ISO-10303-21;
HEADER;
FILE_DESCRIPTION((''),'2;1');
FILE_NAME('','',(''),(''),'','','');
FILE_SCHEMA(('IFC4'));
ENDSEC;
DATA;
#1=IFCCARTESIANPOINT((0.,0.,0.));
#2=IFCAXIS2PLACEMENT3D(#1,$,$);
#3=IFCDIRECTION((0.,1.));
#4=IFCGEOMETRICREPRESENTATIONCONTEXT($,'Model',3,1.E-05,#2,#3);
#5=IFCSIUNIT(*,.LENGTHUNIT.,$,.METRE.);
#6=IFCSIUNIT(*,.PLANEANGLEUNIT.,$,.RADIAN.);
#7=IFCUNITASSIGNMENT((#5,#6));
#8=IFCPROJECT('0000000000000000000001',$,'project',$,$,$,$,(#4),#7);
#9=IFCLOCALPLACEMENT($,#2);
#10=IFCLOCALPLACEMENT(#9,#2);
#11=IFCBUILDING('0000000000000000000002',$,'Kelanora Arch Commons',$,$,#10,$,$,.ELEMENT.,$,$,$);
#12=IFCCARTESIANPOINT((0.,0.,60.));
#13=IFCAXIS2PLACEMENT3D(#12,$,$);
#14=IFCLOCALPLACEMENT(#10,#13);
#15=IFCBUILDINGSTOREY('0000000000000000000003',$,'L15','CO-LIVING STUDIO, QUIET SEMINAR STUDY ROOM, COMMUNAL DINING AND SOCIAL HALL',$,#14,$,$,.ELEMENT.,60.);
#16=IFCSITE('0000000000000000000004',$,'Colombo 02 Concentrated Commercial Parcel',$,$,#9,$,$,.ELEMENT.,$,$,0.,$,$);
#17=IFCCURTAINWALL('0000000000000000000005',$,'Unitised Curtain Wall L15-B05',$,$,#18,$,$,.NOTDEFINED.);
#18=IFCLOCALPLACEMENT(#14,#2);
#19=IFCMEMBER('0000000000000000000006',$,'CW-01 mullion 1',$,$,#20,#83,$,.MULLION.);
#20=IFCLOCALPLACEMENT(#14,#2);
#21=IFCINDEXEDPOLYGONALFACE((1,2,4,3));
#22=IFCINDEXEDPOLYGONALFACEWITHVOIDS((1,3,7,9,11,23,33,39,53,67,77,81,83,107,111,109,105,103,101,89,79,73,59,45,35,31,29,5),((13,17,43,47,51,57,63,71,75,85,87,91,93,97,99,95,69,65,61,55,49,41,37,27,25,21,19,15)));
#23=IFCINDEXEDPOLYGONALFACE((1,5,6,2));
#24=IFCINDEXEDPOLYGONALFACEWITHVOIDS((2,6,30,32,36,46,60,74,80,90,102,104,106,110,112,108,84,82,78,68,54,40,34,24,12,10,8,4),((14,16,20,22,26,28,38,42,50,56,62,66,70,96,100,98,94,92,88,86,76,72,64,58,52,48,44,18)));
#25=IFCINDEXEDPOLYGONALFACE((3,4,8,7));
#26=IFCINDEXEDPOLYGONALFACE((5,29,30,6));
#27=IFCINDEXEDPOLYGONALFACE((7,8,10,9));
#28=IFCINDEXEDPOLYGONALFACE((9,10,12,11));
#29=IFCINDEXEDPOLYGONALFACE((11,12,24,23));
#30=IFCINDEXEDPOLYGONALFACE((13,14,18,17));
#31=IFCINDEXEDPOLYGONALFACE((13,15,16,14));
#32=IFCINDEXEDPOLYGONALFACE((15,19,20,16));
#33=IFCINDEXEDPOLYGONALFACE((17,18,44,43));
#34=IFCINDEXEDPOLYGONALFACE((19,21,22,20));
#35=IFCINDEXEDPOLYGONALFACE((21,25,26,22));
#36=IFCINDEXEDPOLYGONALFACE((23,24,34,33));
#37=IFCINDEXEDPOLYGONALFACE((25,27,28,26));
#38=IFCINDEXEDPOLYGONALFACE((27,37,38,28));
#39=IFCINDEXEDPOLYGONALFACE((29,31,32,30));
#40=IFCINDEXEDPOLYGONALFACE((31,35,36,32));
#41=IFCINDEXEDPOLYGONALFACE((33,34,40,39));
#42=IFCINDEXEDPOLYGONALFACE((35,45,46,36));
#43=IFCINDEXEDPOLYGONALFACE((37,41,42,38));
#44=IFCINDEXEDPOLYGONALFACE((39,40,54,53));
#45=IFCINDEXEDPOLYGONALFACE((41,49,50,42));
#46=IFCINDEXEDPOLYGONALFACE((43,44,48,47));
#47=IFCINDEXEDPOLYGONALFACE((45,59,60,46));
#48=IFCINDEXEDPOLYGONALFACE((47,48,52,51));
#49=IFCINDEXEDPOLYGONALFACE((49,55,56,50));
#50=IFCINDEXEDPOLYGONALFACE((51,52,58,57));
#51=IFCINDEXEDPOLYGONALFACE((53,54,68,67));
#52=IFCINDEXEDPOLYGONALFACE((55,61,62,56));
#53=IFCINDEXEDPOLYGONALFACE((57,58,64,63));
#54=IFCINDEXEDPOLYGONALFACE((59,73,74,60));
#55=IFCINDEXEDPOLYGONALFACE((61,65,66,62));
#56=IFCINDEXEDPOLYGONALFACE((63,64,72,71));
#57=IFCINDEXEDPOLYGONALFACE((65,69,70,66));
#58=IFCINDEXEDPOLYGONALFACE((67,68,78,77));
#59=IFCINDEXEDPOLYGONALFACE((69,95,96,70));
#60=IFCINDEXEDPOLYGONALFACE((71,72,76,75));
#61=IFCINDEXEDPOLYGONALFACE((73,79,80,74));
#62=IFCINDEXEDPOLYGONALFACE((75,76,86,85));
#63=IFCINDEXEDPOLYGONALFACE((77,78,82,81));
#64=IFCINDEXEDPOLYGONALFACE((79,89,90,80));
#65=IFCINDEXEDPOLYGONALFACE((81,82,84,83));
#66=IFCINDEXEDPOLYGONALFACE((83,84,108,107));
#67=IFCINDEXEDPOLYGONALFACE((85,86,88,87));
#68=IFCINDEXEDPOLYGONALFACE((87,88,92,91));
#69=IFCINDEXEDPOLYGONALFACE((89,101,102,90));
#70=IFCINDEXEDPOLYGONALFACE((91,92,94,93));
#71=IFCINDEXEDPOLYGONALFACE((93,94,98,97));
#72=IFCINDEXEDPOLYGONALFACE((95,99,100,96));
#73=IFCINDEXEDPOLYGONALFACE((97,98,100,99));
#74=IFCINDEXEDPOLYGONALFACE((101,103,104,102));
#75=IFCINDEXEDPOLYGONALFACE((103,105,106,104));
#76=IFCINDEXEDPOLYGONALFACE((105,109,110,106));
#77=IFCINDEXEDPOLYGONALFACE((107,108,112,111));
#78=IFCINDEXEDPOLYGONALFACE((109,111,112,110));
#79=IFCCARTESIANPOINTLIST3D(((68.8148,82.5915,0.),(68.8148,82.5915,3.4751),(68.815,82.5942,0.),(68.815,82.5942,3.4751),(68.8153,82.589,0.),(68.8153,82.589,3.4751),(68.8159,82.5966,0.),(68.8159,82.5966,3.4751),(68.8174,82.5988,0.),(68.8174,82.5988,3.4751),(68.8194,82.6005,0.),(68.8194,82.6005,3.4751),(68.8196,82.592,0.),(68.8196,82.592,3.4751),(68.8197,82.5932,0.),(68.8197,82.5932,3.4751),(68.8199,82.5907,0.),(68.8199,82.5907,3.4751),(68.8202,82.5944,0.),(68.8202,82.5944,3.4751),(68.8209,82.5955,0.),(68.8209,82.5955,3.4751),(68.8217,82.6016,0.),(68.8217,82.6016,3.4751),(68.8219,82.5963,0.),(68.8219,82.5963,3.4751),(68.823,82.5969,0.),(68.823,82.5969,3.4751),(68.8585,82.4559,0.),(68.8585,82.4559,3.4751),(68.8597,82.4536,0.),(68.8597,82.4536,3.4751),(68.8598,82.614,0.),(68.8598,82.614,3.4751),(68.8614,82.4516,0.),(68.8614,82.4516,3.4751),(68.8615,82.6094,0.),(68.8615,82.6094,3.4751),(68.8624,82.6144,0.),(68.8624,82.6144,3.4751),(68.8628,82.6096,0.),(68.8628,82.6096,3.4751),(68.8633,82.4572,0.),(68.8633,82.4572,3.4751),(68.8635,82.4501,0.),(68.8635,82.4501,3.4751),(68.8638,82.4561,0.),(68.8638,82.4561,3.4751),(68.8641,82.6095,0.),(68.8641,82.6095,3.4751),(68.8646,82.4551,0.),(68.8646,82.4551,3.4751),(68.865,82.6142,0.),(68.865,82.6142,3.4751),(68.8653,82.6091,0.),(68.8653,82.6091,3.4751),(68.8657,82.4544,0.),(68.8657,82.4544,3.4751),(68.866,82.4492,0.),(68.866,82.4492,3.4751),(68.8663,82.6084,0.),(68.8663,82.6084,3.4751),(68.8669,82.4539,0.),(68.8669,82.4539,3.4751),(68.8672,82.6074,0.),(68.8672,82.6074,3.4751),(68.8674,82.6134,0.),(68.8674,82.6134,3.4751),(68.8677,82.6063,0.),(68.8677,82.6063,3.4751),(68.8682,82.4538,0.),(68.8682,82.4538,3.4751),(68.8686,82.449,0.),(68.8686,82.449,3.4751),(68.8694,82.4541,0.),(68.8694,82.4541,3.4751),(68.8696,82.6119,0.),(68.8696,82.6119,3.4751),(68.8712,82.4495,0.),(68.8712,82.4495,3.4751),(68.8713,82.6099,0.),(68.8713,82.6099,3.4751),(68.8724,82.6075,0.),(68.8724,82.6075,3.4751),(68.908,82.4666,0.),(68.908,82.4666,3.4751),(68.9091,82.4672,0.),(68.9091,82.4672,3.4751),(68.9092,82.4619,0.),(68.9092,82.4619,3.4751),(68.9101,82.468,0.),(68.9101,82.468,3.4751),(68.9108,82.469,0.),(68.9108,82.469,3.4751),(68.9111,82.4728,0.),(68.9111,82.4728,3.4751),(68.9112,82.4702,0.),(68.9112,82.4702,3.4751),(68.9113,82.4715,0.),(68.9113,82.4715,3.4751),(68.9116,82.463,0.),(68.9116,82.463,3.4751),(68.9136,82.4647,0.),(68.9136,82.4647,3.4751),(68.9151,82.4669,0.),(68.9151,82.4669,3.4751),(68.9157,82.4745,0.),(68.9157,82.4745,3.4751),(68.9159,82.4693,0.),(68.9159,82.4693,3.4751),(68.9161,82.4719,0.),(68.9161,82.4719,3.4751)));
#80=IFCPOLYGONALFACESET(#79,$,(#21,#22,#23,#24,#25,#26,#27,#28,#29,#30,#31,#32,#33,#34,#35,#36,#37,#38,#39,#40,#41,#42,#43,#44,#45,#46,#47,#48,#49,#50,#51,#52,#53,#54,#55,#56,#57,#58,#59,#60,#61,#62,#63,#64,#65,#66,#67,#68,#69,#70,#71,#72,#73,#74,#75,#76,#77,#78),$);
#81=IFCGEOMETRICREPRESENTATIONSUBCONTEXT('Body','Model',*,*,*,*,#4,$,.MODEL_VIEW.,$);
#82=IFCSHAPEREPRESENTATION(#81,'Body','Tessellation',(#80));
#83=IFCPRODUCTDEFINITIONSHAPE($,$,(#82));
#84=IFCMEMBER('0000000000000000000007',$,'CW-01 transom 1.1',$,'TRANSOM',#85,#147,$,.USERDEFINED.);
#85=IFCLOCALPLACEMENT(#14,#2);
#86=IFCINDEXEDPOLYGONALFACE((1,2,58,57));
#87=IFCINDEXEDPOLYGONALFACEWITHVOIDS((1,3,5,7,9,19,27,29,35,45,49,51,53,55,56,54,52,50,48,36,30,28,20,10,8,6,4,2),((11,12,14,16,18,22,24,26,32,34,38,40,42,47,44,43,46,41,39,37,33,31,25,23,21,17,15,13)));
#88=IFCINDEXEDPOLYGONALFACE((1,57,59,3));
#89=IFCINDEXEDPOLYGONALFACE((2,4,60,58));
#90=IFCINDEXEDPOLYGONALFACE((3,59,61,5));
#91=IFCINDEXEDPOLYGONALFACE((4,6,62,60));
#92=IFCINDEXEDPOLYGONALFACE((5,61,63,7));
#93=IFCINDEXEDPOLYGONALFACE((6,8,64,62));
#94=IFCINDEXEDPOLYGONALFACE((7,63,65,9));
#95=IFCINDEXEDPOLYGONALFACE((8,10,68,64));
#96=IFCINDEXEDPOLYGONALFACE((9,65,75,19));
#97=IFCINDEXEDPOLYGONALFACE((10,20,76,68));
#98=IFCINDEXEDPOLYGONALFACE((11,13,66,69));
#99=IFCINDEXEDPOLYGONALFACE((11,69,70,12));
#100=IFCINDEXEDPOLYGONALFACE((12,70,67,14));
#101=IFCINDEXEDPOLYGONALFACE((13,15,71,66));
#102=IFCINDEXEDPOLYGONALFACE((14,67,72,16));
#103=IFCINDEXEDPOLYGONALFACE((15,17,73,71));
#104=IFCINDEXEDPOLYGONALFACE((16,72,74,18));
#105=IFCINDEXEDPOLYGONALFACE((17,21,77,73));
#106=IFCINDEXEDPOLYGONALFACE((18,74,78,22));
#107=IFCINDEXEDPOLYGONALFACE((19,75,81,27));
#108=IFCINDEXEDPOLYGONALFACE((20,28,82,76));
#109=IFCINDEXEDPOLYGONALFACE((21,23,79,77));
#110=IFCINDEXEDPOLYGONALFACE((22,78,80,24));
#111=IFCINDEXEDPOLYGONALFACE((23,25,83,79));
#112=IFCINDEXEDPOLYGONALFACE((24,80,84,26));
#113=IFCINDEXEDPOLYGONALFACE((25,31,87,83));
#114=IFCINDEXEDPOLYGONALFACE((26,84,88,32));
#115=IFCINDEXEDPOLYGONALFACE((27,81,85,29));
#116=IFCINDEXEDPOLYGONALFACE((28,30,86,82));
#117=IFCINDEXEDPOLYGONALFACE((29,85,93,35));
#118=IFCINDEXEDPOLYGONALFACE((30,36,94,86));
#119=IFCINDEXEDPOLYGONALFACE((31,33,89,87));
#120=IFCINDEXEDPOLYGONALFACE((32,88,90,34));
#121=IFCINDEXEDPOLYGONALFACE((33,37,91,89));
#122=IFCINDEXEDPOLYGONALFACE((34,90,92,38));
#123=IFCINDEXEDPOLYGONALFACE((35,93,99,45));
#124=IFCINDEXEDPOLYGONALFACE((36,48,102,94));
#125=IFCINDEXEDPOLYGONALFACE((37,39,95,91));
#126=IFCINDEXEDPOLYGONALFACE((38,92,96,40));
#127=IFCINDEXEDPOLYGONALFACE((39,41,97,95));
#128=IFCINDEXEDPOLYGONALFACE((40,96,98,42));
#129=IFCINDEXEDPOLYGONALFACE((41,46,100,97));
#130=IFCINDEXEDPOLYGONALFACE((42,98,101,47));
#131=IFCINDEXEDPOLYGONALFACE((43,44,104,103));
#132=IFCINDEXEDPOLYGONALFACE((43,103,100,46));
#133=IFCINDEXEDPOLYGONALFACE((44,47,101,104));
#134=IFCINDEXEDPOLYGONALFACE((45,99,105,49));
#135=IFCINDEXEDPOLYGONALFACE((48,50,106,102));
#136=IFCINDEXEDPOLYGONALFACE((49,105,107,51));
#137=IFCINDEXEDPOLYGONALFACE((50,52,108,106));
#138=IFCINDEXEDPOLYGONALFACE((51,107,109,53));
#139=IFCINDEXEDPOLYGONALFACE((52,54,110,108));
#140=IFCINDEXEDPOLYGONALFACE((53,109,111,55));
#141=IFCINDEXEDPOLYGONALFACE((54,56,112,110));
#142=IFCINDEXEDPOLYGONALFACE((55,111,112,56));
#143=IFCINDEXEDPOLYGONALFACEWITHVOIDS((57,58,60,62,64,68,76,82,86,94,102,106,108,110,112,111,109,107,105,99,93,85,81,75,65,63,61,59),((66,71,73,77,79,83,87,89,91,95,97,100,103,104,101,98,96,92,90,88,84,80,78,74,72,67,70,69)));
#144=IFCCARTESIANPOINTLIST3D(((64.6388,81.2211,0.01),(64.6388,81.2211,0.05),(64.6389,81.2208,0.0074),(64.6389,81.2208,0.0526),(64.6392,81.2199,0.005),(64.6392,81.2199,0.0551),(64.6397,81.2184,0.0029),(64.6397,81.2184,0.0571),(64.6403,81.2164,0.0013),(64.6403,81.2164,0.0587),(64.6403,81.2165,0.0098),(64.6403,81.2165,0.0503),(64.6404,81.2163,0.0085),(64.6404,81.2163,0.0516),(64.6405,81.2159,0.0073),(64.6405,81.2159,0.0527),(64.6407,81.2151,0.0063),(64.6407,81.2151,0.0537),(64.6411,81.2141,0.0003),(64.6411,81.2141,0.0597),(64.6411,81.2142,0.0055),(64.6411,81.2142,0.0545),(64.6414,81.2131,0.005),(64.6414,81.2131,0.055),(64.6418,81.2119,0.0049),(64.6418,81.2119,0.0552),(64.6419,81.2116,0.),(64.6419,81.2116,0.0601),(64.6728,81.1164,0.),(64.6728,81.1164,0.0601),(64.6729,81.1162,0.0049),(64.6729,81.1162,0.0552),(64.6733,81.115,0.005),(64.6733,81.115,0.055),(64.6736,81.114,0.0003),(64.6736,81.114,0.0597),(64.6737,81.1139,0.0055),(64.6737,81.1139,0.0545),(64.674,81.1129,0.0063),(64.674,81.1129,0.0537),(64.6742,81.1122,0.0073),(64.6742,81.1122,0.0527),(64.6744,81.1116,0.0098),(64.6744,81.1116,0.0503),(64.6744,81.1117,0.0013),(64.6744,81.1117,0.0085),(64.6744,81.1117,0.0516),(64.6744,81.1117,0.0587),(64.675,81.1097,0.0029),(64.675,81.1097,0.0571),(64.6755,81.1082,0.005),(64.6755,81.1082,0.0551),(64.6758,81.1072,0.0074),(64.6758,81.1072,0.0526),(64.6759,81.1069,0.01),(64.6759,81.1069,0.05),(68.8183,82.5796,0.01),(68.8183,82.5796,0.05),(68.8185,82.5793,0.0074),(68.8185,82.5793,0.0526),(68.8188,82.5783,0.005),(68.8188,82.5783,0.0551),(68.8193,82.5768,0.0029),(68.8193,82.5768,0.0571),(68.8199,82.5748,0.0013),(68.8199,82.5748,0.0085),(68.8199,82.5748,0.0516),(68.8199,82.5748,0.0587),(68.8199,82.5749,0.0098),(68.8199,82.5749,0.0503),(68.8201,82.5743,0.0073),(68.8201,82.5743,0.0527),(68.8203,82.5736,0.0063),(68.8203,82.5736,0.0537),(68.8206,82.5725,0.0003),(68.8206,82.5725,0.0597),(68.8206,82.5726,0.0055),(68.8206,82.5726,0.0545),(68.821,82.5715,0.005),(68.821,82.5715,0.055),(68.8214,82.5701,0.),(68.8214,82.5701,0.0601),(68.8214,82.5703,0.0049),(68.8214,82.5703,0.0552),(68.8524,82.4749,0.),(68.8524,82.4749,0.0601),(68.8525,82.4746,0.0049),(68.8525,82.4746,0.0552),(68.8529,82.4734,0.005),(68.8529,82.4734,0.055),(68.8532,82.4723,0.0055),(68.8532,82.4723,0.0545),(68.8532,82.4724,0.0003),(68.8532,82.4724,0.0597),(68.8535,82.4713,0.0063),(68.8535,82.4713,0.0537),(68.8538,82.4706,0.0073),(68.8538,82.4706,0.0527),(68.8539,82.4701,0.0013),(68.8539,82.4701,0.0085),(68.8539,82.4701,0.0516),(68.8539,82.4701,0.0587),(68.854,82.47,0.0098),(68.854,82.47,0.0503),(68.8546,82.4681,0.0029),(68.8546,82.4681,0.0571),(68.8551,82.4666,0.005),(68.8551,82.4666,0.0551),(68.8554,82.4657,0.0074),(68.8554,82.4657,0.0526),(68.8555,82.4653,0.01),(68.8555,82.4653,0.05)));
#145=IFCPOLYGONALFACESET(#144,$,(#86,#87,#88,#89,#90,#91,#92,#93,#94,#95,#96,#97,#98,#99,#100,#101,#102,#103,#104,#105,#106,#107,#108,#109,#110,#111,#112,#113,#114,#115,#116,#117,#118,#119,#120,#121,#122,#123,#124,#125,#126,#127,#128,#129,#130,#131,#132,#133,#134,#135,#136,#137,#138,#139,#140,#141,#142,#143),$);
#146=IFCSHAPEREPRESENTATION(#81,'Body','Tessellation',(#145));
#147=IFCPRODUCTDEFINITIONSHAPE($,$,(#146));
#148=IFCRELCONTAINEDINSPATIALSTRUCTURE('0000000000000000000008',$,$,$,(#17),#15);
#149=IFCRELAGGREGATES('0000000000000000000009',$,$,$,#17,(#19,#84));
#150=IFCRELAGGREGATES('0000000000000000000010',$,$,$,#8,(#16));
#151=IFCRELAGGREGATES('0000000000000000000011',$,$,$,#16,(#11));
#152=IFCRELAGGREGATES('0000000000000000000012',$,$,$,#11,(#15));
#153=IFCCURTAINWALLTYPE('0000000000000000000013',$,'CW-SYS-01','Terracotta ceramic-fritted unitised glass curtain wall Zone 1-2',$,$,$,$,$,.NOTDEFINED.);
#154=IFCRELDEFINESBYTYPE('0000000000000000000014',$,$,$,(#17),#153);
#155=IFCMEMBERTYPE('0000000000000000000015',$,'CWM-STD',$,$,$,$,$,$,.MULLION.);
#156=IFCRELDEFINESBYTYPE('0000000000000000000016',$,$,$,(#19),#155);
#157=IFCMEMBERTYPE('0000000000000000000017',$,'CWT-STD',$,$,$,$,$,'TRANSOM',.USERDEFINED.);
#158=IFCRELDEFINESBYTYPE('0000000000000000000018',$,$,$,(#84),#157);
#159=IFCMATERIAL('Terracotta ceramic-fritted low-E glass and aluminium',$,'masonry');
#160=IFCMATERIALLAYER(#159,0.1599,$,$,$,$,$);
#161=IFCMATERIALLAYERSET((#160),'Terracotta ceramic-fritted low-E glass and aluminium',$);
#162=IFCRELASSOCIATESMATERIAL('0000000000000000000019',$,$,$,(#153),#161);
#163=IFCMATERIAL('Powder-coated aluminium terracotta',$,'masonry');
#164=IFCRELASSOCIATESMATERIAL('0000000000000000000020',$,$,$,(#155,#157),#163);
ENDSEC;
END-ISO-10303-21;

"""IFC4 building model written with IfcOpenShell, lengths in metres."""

from ifc_helpers import new_model, si_unit, direction, frame, origin, origin_2d, place, context, subcontext, project, spatial, hollow_rectangle, extrude, material, layer, layer_set, material_profile, profile_set, type_object, element, aggregate, save


model = new_model("IFC4")

# Units and contexts
model_context = context("Model", 3, precision=1e-05, world=origin(), true_north=direction((0.0, 1.0)))
body_context = subcontext(model_context, "Body", "Model", "MODEL_VIEW")
ifc_project = project(units=[si_unit("LENGTHUNIT", "METRE"), si_unit("PLANEANGLEUNIT", "RADIAN")], contexts=[model_context])

# Site, building, storey
site_placement = place(None, origin())
site = spatial("IfcSite", under=ifc_project, at=site_placement, Name="Colombo 02 Concentrated Commercial Parcel", CompositionType="ELEMENT", RefElevation=0.0)
building_placement = place(site_placement, origin())
building = spatial("IfcBuilding", under=site, at=building_placement, Name="Kelanora Arch Commons", CompositionType="ELEMENT")
storey_placement = place(building_placement, frame((0.0, 0.0, 60.0)))
storey = spatial("IfcBuildingStorey", under=building, at=storey_placement, Name="L15", Description="CO-LIVING STUDIO, QUIET SEMINAR STUDY ROOM, COMMUNAL DINING AND SOCIAL HALL", CompositionType="ELEMENT", Elevation=60.0)

# Curtain wall, members
ifc_material_1 = material(Name="Terracotta ceramic-fritted low-E glass and aluminium", Category="masonry")
ifc_layer_1 = layer(ifc_material_1, 0.1599)
ifc_layer_set_1 = layer_set([ifc_layer_1], Name="Terracotta ceramic-fritted low-E glass and aluminium")
curtain_wall_type = type_object("IfcCurtainWallType", Name="CW-SYS-01", Description="Terracotta ceramic-fritted unitised glass curtain wall Zone 1-2", PredefinedType="NOTDEFINED", material=ifc_layer_set_1)
curtain_wall_placement = place(storey_placement, origin())
curtain_wall = element("IfcCurtainWall", 1, at=curtain_wall_placement, inside=storey, type_object=curtain_wall_type, Name="Unitised Curtain Wall L15-B05", PredefinedType="NOTDEFINED")
ifc_material_2 = material(Name="Powder-coated aluminium terracotta", Category="masonry")
ifc_material_profile_1 = material_profile(ifc_material_2, hollow_rectangle(XDim=0.1599, YDim=0.0601, WallThickness=0.0049, InnerFilletRadius=0.0049, OuterFilletRadius=0.01, at=origin_2d()), Name="CWM160x60")
ifc_profile_set_1 = profile_set([ifc_material_profile_1], Name="Powder-coated aluminium terracotta")
member_type_1 = type_object("IfcMemberType", Name="CWM-STD", PredefinedType="MULLION", material=ifc_profile_set_1)
member_1_placement = place(storey_placement, frame((68.8655, 82.5317, 0.0), z_axis=(0.0, 0.0, 1.0), x_axis=(0.309058, -0.951043, 0.0)))
member_1 = element("IfcMember", 2, at=member_1_placement, type_object=member_type_1, Name="CW-01 mullion 1", PredefinedType="MULLION", context=body_context, shape_type="SweptSolid", body=[
    extrude(hollow_rectangle(XDim=0.1599, YDim=0.0601, WallThickness=0.0049, InnerFilletRadius=0.0049, OuterFilletRadius=0.01, at=origin_2d()), origin(), (0.0, 0.0, 1.0), 3.4751),
])
ifc_material_profile_2 = material_profile(ifc_material_2, hollow_rectangle(XDim=0.1201, YDim=0.0601, WallThickness=0.0049, InnerFilletRadius=0.0049, OuterFilletRadius=0.01, at=origin_2d()), Name="CWT120x60")
ifc_profile_set_2 = profile_set([ifc_material_profile_2], Name="Powder-coated aluminium terracotta")
member_type_2 = type_object("IfcMemberType", Name="CWT-STD", ElementType="TRANSOM", PredefinedType="USERDEFINED", material=ifc_profile_set_2)
member_2_placement = place(storey_placement, frame((68.8369, 82.5225, 0.03), z_axis=(-0.951029, -0.309102, 0.0), x_axis=(0.309102, -0.951029, 0.0)))
member_2 = element("IfcMember", 3, at=member_2_placement, type_object=member_type_2, Name="CW-01 transom 1.1", ObjectType="TRANSOM", PredefinedType="USERDEFINED", context=body_context, shape_type="SweptSolid", body=[
    extrude(hollow_rectangle(XDim=0.1201, YDim=0.0601, WallThickness=0.0049, InnerFilletRadius=0.0049, OuterFilletRadius=0.01, at=origin_2d()), origin(), (0.0, 0.0, 1.0), 4.3948),
])
aggregate(curtain_wall, [member_1, member_2])

save(model, "model.ifc")
